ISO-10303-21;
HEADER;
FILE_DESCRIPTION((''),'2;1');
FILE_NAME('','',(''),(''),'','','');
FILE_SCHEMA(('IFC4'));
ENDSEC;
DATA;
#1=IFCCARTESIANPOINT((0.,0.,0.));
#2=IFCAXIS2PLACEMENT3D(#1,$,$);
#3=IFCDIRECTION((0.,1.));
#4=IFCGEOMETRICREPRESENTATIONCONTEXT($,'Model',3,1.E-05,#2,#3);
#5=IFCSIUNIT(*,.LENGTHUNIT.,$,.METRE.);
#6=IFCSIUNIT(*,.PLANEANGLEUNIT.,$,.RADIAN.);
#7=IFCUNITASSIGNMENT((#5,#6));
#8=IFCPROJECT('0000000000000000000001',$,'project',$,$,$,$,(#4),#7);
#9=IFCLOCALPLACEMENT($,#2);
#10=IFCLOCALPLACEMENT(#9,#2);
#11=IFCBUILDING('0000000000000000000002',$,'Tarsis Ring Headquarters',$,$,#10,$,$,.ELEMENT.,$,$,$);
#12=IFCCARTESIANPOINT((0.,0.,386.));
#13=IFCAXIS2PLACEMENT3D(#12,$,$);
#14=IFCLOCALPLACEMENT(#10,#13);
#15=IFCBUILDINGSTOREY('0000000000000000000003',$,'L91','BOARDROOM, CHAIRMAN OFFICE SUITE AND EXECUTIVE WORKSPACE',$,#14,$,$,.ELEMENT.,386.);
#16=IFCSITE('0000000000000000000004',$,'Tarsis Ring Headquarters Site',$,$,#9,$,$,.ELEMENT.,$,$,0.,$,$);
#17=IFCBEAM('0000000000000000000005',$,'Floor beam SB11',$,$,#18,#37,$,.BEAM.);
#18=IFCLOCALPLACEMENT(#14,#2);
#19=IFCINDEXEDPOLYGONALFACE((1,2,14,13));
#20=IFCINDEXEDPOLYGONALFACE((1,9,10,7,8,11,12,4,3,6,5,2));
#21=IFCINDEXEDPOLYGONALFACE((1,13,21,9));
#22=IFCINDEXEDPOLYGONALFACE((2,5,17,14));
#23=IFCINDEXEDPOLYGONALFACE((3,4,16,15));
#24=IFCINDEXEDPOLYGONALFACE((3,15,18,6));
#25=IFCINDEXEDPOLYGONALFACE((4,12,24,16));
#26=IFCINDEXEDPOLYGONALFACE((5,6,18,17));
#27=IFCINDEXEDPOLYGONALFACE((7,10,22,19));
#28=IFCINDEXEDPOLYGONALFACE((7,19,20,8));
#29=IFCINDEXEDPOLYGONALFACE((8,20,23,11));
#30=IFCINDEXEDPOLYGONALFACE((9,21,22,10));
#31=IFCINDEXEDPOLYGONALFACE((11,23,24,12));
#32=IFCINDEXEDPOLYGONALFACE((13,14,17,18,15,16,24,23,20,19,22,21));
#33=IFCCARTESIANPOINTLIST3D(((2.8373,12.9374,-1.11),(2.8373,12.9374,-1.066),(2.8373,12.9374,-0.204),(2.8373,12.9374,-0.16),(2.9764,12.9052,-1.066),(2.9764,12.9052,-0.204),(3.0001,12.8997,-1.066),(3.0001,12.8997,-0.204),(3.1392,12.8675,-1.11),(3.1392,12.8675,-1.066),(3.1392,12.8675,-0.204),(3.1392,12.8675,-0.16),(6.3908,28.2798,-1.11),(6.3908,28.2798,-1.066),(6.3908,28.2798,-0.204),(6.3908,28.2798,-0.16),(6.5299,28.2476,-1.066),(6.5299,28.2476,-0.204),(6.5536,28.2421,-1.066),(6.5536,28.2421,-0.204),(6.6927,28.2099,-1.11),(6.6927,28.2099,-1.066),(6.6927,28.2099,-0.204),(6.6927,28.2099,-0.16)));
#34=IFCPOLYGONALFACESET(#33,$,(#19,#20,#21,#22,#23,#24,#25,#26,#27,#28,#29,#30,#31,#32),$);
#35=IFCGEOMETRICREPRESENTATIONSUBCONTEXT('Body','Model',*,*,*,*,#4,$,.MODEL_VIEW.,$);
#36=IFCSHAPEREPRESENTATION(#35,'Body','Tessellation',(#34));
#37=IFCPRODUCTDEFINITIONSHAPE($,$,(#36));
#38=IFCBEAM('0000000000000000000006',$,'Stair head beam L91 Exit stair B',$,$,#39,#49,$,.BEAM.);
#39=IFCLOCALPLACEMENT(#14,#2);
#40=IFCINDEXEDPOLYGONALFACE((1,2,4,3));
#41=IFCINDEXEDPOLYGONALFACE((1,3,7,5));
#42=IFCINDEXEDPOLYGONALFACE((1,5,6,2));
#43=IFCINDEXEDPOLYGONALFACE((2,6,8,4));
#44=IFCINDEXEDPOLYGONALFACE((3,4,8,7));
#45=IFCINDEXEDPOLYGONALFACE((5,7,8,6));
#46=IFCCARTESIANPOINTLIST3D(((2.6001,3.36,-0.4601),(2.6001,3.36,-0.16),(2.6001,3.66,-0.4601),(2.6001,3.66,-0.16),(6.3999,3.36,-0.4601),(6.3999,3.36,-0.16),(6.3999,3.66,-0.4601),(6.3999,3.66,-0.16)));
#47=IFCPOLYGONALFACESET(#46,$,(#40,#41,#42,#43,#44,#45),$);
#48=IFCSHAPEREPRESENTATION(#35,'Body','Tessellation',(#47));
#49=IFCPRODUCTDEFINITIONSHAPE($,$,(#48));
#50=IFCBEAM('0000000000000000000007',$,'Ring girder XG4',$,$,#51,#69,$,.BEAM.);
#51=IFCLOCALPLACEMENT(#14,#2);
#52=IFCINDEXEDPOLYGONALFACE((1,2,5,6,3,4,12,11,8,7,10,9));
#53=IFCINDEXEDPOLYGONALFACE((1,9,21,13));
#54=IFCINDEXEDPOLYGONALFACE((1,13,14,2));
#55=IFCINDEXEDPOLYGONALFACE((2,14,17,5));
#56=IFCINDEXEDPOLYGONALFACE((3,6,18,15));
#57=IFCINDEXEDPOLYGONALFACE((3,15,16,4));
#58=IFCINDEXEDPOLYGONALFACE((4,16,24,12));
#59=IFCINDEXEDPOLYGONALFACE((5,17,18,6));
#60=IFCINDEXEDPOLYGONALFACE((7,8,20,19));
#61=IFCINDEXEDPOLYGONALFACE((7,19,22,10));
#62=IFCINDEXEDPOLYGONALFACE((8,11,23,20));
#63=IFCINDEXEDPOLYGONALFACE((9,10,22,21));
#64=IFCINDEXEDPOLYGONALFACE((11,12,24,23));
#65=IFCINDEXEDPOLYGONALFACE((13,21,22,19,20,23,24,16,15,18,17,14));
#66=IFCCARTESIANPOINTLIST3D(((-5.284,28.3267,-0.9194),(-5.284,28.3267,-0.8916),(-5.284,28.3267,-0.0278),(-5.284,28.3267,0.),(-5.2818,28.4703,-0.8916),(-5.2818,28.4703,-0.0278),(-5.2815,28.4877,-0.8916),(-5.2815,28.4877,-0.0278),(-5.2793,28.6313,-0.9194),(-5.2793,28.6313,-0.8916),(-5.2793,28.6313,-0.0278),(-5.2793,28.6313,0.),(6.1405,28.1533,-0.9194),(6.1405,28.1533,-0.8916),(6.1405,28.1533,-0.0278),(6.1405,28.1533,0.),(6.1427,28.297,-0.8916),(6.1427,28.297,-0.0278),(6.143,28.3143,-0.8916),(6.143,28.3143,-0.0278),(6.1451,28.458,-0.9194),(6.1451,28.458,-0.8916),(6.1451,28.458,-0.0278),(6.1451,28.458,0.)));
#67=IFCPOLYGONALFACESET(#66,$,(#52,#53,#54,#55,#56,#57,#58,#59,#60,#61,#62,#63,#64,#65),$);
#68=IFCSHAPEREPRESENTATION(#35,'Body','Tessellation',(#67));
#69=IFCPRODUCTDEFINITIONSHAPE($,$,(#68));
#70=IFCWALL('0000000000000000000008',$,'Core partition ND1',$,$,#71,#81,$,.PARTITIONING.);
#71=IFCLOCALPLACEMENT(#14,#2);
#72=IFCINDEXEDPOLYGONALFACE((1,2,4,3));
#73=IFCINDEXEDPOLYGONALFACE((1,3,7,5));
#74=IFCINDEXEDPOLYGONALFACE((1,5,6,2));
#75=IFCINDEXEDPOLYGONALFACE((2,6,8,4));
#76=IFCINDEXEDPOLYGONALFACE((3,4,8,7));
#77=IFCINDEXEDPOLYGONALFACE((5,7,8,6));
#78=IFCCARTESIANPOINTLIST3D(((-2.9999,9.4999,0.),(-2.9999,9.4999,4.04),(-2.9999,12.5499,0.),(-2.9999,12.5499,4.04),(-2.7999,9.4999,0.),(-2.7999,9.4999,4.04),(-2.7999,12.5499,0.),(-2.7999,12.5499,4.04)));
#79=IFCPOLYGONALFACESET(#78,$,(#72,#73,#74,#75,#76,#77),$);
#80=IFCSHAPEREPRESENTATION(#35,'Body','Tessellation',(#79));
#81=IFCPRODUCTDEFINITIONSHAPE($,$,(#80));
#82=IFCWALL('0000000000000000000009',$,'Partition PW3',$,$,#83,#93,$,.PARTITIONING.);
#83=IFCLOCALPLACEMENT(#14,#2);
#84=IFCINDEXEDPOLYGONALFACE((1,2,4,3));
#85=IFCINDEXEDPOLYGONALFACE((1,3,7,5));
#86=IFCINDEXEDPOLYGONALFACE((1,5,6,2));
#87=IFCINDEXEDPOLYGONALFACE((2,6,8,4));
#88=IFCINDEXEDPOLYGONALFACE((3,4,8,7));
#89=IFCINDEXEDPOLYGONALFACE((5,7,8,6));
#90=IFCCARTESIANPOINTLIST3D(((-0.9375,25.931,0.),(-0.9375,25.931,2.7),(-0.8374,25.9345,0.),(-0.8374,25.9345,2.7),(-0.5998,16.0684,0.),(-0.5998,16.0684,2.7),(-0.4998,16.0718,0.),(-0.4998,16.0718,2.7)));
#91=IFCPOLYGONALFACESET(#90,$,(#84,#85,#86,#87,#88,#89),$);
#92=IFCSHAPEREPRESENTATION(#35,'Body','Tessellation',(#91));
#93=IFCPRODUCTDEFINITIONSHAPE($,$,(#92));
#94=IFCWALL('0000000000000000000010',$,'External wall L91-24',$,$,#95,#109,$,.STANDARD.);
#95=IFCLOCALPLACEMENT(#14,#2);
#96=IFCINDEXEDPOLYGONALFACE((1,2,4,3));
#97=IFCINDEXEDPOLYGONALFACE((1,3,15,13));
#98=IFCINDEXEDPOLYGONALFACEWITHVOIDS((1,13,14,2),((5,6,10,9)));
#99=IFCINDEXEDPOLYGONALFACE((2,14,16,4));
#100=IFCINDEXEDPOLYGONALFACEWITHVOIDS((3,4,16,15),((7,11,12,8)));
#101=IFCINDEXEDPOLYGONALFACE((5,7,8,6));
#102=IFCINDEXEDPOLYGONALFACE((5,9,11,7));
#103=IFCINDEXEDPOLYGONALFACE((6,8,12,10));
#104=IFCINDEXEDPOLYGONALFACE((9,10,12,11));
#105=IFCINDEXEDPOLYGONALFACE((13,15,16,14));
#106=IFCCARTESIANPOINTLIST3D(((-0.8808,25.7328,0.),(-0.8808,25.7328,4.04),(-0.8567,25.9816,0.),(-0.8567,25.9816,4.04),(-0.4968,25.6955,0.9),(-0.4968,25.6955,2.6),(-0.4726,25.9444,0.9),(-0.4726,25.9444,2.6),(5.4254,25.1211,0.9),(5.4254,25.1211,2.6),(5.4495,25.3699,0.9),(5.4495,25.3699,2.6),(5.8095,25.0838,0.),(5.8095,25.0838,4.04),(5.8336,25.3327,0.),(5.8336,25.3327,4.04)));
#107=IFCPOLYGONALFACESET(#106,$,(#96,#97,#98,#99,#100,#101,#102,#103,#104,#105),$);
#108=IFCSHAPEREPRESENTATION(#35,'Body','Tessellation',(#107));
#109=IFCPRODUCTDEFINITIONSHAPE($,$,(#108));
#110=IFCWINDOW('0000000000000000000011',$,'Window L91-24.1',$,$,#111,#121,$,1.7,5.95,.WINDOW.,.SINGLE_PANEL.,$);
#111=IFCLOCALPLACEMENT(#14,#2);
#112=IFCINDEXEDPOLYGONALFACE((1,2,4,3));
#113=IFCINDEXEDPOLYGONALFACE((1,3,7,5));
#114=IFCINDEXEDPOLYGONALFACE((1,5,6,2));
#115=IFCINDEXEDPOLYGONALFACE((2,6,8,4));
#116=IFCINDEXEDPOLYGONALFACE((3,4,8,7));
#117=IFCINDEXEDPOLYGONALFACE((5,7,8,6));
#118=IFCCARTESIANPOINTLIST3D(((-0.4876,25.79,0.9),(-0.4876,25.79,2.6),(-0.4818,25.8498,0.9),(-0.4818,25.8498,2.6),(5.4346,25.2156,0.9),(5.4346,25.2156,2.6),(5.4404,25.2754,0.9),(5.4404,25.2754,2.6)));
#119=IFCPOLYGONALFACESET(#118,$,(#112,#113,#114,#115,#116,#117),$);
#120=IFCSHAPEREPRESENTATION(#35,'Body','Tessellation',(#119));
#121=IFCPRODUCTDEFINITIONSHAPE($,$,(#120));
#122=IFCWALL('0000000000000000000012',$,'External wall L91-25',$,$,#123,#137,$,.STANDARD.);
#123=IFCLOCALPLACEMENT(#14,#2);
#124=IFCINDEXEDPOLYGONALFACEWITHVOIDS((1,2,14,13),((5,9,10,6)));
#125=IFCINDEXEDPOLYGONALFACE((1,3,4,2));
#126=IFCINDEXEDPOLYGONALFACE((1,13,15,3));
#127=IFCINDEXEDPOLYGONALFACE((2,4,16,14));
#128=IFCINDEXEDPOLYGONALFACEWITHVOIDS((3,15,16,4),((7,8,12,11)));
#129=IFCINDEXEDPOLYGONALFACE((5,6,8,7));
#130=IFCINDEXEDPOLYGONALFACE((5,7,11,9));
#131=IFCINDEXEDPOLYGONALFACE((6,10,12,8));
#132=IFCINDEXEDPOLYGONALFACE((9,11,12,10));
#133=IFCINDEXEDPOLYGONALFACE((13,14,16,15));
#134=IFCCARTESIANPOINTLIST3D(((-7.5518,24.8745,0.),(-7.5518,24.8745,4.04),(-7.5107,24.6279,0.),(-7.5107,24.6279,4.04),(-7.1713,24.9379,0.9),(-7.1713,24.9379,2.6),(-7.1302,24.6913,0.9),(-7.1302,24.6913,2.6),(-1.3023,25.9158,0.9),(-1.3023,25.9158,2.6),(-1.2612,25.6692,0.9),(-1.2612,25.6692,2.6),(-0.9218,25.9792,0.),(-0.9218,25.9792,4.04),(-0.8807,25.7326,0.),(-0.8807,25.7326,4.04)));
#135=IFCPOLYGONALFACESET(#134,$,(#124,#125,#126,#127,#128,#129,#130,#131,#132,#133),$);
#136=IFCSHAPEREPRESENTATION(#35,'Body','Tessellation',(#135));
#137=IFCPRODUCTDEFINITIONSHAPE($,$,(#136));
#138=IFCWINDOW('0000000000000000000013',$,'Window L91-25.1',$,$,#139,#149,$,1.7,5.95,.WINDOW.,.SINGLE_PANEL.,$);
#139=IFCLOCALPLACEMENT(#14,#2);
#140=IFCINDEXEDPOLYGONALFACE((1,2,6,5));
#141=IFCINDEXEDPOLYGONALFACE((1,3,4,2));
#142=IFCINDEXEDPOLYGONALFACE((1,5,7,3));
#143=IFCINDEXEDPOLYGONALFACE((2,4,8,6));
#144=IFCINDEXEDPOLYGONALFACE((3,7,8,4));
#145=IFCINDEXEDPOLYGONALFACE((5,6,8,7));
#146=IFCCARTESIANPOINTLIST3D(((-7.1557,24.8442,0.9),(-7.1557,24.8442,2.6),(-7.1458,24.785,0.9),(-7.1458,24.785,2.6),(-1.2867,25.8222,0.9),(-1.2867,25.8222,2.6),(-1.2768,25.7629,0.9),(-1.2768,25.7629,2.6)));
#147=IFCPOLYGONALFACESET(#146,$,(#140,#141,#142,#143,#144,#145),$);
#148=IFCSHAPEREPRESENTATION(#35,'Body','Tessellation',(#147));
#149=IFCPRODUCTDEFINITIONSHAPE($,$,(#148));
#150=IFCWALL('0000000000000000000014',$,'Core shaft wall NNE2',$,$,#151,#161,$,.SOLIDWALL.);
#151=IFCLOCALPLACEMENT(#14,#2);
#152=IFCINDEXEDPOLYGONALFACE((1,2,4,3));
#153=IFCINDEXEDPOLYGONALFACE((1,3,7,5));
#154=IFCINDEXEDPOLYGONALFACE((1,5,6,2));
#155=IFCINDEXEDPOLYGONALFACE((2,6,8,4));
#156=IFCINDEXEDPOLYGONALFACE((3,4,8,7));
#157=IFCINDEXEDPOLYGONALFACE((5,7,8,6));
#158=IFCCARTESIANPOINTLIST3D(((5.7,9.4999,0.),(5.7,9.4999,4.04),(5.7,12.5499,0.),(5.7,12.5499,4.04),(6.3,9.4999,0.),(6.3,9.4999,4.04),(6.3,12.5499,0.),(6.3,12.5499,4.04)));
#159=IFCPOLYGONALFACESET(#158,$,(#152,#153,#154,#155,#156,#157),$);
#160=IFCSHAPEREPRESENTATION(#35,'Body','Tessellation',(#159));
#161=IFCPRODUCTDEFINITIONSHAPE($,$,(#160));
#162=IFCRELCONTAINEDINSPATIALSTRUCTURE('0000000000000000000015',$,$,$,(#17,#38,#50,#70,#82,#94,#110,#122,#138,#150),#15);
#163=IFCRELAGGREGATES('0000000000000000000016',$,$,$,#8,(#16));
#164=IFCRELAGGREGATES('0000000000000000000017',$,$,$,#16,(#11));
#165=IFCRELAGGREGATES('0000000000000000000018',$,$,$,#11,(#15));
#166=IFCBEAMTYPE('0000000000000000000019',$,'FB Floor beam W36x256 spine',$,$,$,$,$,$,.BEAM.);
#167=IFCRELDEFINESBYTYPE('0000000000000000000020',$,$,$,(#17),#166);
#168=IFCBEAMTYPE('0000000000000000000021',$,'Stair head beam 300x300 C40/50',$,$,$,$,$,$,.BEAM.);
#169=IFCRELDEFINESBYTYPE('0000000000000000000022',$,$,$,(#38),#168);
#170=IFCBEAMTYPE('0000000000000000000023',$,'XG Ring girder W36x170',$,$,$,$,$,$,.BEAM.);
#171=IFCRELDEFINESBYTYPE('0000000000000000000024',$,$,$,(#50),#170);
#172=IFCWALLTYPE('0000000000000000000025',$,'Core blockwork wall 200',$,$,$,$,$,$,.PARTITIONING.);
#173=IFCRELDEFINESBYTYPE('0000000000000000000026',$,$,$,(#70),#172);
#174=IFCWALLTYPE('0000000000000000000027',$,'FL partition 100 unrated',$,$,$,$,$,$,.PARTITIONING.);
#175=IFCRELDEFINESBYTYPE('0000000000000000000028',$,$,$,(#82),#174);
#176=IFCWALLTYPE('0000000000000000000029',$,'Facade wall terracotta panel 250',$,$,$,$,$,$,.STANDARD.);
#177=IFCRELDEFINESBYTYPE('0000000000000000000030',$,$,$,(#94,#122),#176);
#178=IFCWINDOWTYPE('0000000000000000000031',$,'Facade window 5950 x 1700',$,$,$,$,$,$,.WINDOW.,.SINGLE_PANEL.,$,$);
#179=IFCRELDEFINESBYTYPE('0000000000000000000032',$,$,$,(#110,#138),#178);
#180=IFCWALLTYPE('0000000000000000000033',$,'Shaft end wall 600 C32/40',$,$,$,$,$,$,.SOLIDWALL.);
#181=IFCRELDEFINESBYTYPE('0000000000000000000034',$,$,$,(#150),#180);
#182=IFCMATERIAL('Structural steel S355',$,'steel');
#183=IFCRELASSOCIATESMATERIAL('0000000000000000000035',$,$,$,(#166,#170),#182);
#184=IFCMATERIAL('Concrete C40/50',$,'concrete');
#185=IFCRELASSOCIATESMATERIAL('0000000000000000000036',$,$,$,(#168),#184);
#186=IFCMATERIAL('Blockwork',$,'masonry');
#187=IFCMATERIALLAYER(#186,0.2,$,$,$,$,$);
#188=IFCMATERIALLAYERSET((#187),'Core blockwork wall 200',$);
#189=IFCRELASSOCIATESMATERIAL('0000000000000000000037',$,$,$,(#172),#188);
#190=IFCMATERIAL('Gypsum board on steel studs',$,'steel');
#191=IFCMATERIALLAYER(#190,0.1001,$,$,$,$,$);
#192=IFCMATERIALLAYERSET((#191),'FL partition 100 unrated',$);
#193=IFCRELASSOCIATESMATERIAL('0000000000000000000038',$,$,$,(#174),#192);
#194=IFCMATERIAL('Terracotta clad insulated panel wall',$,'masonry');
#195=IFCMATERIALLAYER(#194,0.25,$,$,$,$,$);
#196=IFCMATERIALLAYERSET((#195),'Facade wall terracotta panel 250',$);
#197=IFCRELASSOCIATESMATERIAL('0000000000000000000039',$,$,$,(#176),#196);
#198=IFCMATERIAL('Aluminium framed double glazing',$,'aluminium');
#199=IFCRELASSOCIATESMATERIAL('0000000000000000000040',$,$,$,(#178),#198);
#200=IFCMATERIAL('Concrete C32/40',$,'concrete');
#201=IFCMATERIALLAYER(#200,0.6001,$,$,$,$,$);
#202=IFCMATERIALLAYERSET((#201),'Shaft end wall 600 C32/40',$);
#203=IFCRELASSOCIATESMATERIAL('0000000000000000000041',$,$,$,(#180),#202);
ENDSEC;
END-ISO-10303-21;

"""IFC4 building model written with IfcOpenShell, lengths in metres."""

from ifc_helpers import new_model, si_unit, direction, frame, frame_2d, origin, origin_2d, place, context, subcontext, project, spatial, rectangle, i_section, extrude, material, layer, layer_set, material_profile, profile_set, type_object, element, fill, save


model = new_model("IFC4")

# Units and contexts
model_context = context("Model", 3, precision=1e-05, world=origin(), true_north=direction((0.0, 1.0)))
body_context = subcontext(model_context, "Body", "Model", "MODEL_VIEW")
ifc_project = project(units=[si_unit("LENGTHUNIT", "METRE"), si_unit("PLANEANGLEUNIT", "RADIAN")], contexts=[model_context])

# Site, building, storey
site_placement = place(None, origin())
site = spatial("IfcSite", under=ifc_project, at=site_placement, Name="Tarsis Ring Headquarters Site", CompositionType="ELEMENT", RefElevation=0.0)
building_placement = place(site_placement, origin())
building = spatial("IfcBuilding", under=site, at=building_placement, Name="Tarsis Ring Headquarters", CompositionType="ELEMENT")
storey_placement = place(building_placement, frame((0.0, 0.0, 386.0)))
storey = spatial("IfcBuildingStorey", under=building, at=storey_placement, Name="L91", Description="BOARDROOM, CHAIRMAN OFFICE SUITE AND EXECUTIVE WORKSPACE", CompositionType="ELEMENT", Elevation=386.0)

# Shared definitions
ifc_material_1 = material(Name="Structural steel S355", Category="steel")

# Beams
ifc_material_profile_1 = material_profile(ifc_material_1, i_section(OverallWidth=0.3098, OverallDepth=0.95, WebThickness=0.0244, FlangeThickness=0.0439, at=origin_2d()), Name="W36x256")
ifc_profile_set_1 = profile_set([ifc_material_profile_1], Name="Structural steel S355")
beam_type_1 = type_object("IfcBeamType", Name="FB Floor beam W36x256 spine", PredefinedType="BEAM", material=ifc_profile_set_1)
beam_1_placement = place(storey_placement, frame((6.5417, 28.2449, -0.635), z_axis=(-0.22564, -0.974211, 0.0), x_axis=(0.974211, -0.22564, 0.0)))
element("IfcBeam", 1, at=beam_1_placement, inside=storey, type_object=beam_type_1, Name="Floor beam SB11", PredefinedType="BEAM", context=body_context, shape_type="SweptSolid", body=[
    extrude(i_section(OverallWidth=0.3098, OverallDepth=0.95, WebThickness=0.0244, FlangeThickness=0.0439, at=origin_2d()), origin(), (0.0, 0.0, 1.0), 15.7485),
])
ifc_material_2 = material(Name="Concrete C40/50", Category="concrete")
ifc_material_profile_2 = material_profile(ifc_material_2, rectangle(XDim=0.3, YDim=0.3, at=origin_2d()), Name="Stair head beam 300x300 C40/50")
ifc_profile_set_2 = profile_set([ifc_material_profile_2], Name="Concrete C40/50")
beam_type_2 = type_object("IfcBeamType", Name="Stair head beam 300x300 C40/50", PredefinedType="BEAM", material=ifc_profile_set_2)
beam_2_placement = place(storey_placement, frame((2.6001, 3.51, -0.3101), z_axis=(1.0, 0.0, 0.0), x_axis=(0.0, 1.0, 0.0)))
element("IfcBeam", 2, at=beam_2_placement, inside=storey, type_object=beam_type_2, Name="Stair head beam L91 Exit stair B", PredefinedType="BEAM", context=body_context, shape_type="SweptSolid", body=[
    extrude(rectangle(XDim=0.3, YDim=0.3, at=origin_2d()), origin(), (0.0, 0.0, 1.0), 3.7998),
])
ifc_material_profile_3 = material_profile(ifc_material_1, i_section(OverallWidth=0.3047, OverallDepth=0.9194, WebThickness=0.0173, FlangeThickness=0.0278, at=origin_2d()), Name="W36x170")
ifc_profile_set_3 = profile_set([ifc_material_profile_3], Name="Structural steel S355")
beam_type_3 = type_object("IfcBeamType", Name="XG Ring girder W36x170", PredefinedType="BEAM", material=ifc_profile_set_3)
beam_3_placement = place(storey_placement, frame((6.1428, 28.3057, -0.4597), z_axis=(-0.999885, 0.015171, 0.0), x_axis=(-0.015171, -0.999885, 0.0)))
element("IfcBeam", 3, at=beam_3_placement, inside=storey, type_object=beam_type_3, Name="Ring girder XG4", PredefinedType="BEAM", context=body_context, shape_type="SweptSolid", body=[
    extrude(i_section(OverallWidth=0.3047, OverallDepth=0.9194, WebThickness=0.0173, FlangeThickness=0.0278, at=origin_2d()), origin(), (0.0, 0.0, 1.0), 11.4258),
])

# Walls
ifc_material_3 = material(Name="Blockwork", Category="masonry")
ifc_layer_1 = layer(ifc_material_3, 0.2)
ifc_layer_set_1 = layer_set([ifc_layer_1], Name="Core blockwork wall 200")
wall_type_1 = type_object("IfcWallType", Name="Core blockwork wall 200", PredefinedType="PARTITIONING", material=ifc_layer_set_1)
wall_1_placement = place(storey_placement, frame((-2.8999, 9.5, 0.0), z_axis=(0.0, 0.0, 1.0), x_axis=(0.0, 1.0, 0.0)))
element("IfcWall", 4, at=wall_1_placement, inside=storey, type_object=wall_type_1, Name="Core partition ND1", PredefinedType="PARTITIONING", context=body_context, shape_type="SweptSolid", body=[
    extrude(rectangle(XDim=3.05, YDim=0.2, at=frame_2d((1.5249, 0.0))), origin(), (0.0, 0.0, 1.0), 4.04),
])
ifc_material_4 = material(Name="Gypsum board on steel studs", Category="steel")
ifc_layer_2 = layer(ifc_material_4, 0.1001)
ifc_layer_set_2 = layer_set([ifc_layer_2], Name="FL partition 100 unrated")
wall_type_2 = type_object("IfcWallType", Name="FL partition 100 unrated", PredefinedType="PARTITIONING", material=ifc_layer_set_2)
wall_2_placement = place(storey_placement, frame((-0.8875, 25.9326, 0.0), z_axis=(0.0, 0.0, 1.0), x_axis=(0.034215, -0.999414, 0.0)))
element("IfcWall", 5, at=wall_2_placement, inside=storey, type_object=wall_type_2, Name="Partition PW3", PredefinedType="PARTITIONING", context=body_context, shape_type="SweptSolid", body=[
    extrude(rectangle(XDim=9.8684, YDim=0.1001, at=frame_2d((4.9341, 0.0))), origin(), (0.0, 0.0, 1.0), 2.7),
])

# Walls, openings, windows
ifc_material_5 = material(Name="Terracotta clad insulated panel wall", Category="masonry")
ifc_layer_3 = layer(ifc_material_5, 0.25)
ifc_layer_set_3 = layer_set([ifc_layer_3], Name="Facade wall terracotta panel 250")
wall_type_3 = type_object("IfcWallType", Name="Facade wall terracotta panel 250", PredefinedType="STANDARD", material=ifc_layer_set_3)
wall_3_placement = place(storey_placement, frame((5.8215, 25.2083, 0.0), z_axis=(0.0, 0.0, 1.0), x_axis=(-0.995329, 0.096544, 0.0)))
wall_3 = element("IfcWall", 6, at=wall_3_placement, inside=storey, type_object=wall_type_3, Name="External wall L91-24", PredefinedType="STANDARD", context=body_context, shape_type="SweptSolid", body=[
    extrude(rectangle(XDim=6.7217, YDim=0.25, at=frame_2d((3.3608, 0.0))), origin(), (0.0, 0.0, 1.0), 4.04),
])
opening_1_placement = place(wall_3_placement, frame((0.3857, 0.0, 0.8999)))
opening_1 = element("IfcOpeningElement", 7, at=opening_1_placement, cuts=wall_3, PredefinedType="OPENING", context=body_context, shape_type="SweptSolid", body=[
    extrude(rectangle(XDim=5.95, YDim=1.7, at=frame_2d((2.9751, 0.8501))), frame((0.0, 0.135, 0.0), z_axis=(0.0, -1.0, 0.0), x_axis=(1.0, 0.0, 0.0)), (0.0, 0.0, 1.0), 0.27),
])
ifc_material_6 = material(Name="Aluminium framed double glazing", Category="aluminium")
window_type = type_object("IfcWindowType", Name="Facade window 5950 x 1700", PartitioningType="SINGLE_PANEL", PredefinedType="WINDOW", material=ifc_material_6)
window_1_placement = place(opening_1_placement, origin())
window_1 = element("IfcWindow", 8, at=window_1_placement, inside=storey, type_object=window_type, Name="Window L91-24.1", OverallHeight=1.7, OverallWidth=5.95, PartitioningType="SINGLE_PANEL", PredefinedType="WINDOW", context=body_context, shape_type="SweptSolid", body=[
    extrude(rectangle(XDim=5.95, YDim=1.7, at=frame_2d((2.9751, 0.8501))), frame((0.0, 0.03, 0.0), z_axis=(0.0, -1.0, 0.0), x_axis=(1.0, 0.0, 0.0)), (0.0, 0.0, 1.0), 0.0601),
])
fill(opening_1, window_1)
wall_4_placement = place(storey_placement, frame((-0.9011, 25.856, 0.0), z_axis=(0.0, 0.0, 1.0), x_axis=(-0.986401, -0.164358, 0.0)))
wall_4 = element("IfcWall", 9, at=wall_4_placement, inside=storey, type_object=wall_type_3, Name="External wall L91-25", PredefinedType="STANDARD", context=body_context, shape_type="SweptSolid", body=[
    extrude(rectangle(XDim=6.7214, YDim=0.25, at=frame_2d((3.3608, 0.0))), origin(), (0.0, 0.0, 1.0), 4.04),
])
opening_2_placement = place(wall_4_placement, frame((0.3857, 0.0, 0.8999)))
opening_2 = element("IfcOpeningElement", 10, at=opening_2_placement, cuts=wall_4, PredefinedType="OPENING", context=body_context, shape_type="SweptSolid", body=[
    extrude(rectangle(XDim=5.95, YDim=1.7, at=frame_2d((2.9751, 0.8501))), frame((0.0, 0.135, 0.0), z_axis=(0.0, -1.0, 0.0), x_axis=(1.0, 0.0, 0.0)), (0.0, 0.0, 1.0), 0.27),
])
window_2_placement = place(opening_2_placement, origin())
window_2 = element("IfcWindow", 11, at=window_2_placement, inside=storey, type_object=window_type, Name="Window L91-25.1", OverallHeight=1.7, OverallWidth=5.95, PartitioningType="SINGLE_PANEL", PredefinedType="WINDOW", context=body_context, shape_type="SweptSolid", body=[
    extrude(rectangle(XDim=5.95, YDim=1.7, at=frame_2d((2.9751, 0.8501))), frame((0.0, 0.03, 0.0), z_axis=(0.0, -1.0, 0.0), x_axis=(1.0, 0.0, 0.0)), (0.0, 0.0, 1.0), 0.0601),
])
fill(opening_2, window_2)

# Wall
ifc_material_7 = material(Name="Concrete C32/40", Category="concrete")
ifc_layer_4 = layer(ifc_material_7, 0.6001)
ifc_layer_set_4 = layer_set([ifc_layer_4], Name="Shaft end wall 600 C32/40")
wall_type_4 = type_object("IfcWallType", Name="Shaft end wall 600 C32/40", PredefinedType="SOLIDWALL", material=ifc_layer_set_4)
wall_5_placement = place(storey_placement, frame((6.0, 9.5, 0.0), z_axis=(0.0, 0.0, 1.0), x_axis=(0.0, 1.0, 0.0)))
element("IfcWall", 12, at=wall_5_placement, inside=storey, type_object=wall_type_4, Name="Core shaft wall NNE2", PredefinedType="SOLIDWALL", context=body_context, shape_type="SweptSolid", body=[
    extrude(rectangle(XDim=3.05, YDim=0.6001, at=frame_2d((1.5249, 0.0))), origin(), (0.0, 0.0, 1.0), 4.04),
])

save(model, "model.ifc")
